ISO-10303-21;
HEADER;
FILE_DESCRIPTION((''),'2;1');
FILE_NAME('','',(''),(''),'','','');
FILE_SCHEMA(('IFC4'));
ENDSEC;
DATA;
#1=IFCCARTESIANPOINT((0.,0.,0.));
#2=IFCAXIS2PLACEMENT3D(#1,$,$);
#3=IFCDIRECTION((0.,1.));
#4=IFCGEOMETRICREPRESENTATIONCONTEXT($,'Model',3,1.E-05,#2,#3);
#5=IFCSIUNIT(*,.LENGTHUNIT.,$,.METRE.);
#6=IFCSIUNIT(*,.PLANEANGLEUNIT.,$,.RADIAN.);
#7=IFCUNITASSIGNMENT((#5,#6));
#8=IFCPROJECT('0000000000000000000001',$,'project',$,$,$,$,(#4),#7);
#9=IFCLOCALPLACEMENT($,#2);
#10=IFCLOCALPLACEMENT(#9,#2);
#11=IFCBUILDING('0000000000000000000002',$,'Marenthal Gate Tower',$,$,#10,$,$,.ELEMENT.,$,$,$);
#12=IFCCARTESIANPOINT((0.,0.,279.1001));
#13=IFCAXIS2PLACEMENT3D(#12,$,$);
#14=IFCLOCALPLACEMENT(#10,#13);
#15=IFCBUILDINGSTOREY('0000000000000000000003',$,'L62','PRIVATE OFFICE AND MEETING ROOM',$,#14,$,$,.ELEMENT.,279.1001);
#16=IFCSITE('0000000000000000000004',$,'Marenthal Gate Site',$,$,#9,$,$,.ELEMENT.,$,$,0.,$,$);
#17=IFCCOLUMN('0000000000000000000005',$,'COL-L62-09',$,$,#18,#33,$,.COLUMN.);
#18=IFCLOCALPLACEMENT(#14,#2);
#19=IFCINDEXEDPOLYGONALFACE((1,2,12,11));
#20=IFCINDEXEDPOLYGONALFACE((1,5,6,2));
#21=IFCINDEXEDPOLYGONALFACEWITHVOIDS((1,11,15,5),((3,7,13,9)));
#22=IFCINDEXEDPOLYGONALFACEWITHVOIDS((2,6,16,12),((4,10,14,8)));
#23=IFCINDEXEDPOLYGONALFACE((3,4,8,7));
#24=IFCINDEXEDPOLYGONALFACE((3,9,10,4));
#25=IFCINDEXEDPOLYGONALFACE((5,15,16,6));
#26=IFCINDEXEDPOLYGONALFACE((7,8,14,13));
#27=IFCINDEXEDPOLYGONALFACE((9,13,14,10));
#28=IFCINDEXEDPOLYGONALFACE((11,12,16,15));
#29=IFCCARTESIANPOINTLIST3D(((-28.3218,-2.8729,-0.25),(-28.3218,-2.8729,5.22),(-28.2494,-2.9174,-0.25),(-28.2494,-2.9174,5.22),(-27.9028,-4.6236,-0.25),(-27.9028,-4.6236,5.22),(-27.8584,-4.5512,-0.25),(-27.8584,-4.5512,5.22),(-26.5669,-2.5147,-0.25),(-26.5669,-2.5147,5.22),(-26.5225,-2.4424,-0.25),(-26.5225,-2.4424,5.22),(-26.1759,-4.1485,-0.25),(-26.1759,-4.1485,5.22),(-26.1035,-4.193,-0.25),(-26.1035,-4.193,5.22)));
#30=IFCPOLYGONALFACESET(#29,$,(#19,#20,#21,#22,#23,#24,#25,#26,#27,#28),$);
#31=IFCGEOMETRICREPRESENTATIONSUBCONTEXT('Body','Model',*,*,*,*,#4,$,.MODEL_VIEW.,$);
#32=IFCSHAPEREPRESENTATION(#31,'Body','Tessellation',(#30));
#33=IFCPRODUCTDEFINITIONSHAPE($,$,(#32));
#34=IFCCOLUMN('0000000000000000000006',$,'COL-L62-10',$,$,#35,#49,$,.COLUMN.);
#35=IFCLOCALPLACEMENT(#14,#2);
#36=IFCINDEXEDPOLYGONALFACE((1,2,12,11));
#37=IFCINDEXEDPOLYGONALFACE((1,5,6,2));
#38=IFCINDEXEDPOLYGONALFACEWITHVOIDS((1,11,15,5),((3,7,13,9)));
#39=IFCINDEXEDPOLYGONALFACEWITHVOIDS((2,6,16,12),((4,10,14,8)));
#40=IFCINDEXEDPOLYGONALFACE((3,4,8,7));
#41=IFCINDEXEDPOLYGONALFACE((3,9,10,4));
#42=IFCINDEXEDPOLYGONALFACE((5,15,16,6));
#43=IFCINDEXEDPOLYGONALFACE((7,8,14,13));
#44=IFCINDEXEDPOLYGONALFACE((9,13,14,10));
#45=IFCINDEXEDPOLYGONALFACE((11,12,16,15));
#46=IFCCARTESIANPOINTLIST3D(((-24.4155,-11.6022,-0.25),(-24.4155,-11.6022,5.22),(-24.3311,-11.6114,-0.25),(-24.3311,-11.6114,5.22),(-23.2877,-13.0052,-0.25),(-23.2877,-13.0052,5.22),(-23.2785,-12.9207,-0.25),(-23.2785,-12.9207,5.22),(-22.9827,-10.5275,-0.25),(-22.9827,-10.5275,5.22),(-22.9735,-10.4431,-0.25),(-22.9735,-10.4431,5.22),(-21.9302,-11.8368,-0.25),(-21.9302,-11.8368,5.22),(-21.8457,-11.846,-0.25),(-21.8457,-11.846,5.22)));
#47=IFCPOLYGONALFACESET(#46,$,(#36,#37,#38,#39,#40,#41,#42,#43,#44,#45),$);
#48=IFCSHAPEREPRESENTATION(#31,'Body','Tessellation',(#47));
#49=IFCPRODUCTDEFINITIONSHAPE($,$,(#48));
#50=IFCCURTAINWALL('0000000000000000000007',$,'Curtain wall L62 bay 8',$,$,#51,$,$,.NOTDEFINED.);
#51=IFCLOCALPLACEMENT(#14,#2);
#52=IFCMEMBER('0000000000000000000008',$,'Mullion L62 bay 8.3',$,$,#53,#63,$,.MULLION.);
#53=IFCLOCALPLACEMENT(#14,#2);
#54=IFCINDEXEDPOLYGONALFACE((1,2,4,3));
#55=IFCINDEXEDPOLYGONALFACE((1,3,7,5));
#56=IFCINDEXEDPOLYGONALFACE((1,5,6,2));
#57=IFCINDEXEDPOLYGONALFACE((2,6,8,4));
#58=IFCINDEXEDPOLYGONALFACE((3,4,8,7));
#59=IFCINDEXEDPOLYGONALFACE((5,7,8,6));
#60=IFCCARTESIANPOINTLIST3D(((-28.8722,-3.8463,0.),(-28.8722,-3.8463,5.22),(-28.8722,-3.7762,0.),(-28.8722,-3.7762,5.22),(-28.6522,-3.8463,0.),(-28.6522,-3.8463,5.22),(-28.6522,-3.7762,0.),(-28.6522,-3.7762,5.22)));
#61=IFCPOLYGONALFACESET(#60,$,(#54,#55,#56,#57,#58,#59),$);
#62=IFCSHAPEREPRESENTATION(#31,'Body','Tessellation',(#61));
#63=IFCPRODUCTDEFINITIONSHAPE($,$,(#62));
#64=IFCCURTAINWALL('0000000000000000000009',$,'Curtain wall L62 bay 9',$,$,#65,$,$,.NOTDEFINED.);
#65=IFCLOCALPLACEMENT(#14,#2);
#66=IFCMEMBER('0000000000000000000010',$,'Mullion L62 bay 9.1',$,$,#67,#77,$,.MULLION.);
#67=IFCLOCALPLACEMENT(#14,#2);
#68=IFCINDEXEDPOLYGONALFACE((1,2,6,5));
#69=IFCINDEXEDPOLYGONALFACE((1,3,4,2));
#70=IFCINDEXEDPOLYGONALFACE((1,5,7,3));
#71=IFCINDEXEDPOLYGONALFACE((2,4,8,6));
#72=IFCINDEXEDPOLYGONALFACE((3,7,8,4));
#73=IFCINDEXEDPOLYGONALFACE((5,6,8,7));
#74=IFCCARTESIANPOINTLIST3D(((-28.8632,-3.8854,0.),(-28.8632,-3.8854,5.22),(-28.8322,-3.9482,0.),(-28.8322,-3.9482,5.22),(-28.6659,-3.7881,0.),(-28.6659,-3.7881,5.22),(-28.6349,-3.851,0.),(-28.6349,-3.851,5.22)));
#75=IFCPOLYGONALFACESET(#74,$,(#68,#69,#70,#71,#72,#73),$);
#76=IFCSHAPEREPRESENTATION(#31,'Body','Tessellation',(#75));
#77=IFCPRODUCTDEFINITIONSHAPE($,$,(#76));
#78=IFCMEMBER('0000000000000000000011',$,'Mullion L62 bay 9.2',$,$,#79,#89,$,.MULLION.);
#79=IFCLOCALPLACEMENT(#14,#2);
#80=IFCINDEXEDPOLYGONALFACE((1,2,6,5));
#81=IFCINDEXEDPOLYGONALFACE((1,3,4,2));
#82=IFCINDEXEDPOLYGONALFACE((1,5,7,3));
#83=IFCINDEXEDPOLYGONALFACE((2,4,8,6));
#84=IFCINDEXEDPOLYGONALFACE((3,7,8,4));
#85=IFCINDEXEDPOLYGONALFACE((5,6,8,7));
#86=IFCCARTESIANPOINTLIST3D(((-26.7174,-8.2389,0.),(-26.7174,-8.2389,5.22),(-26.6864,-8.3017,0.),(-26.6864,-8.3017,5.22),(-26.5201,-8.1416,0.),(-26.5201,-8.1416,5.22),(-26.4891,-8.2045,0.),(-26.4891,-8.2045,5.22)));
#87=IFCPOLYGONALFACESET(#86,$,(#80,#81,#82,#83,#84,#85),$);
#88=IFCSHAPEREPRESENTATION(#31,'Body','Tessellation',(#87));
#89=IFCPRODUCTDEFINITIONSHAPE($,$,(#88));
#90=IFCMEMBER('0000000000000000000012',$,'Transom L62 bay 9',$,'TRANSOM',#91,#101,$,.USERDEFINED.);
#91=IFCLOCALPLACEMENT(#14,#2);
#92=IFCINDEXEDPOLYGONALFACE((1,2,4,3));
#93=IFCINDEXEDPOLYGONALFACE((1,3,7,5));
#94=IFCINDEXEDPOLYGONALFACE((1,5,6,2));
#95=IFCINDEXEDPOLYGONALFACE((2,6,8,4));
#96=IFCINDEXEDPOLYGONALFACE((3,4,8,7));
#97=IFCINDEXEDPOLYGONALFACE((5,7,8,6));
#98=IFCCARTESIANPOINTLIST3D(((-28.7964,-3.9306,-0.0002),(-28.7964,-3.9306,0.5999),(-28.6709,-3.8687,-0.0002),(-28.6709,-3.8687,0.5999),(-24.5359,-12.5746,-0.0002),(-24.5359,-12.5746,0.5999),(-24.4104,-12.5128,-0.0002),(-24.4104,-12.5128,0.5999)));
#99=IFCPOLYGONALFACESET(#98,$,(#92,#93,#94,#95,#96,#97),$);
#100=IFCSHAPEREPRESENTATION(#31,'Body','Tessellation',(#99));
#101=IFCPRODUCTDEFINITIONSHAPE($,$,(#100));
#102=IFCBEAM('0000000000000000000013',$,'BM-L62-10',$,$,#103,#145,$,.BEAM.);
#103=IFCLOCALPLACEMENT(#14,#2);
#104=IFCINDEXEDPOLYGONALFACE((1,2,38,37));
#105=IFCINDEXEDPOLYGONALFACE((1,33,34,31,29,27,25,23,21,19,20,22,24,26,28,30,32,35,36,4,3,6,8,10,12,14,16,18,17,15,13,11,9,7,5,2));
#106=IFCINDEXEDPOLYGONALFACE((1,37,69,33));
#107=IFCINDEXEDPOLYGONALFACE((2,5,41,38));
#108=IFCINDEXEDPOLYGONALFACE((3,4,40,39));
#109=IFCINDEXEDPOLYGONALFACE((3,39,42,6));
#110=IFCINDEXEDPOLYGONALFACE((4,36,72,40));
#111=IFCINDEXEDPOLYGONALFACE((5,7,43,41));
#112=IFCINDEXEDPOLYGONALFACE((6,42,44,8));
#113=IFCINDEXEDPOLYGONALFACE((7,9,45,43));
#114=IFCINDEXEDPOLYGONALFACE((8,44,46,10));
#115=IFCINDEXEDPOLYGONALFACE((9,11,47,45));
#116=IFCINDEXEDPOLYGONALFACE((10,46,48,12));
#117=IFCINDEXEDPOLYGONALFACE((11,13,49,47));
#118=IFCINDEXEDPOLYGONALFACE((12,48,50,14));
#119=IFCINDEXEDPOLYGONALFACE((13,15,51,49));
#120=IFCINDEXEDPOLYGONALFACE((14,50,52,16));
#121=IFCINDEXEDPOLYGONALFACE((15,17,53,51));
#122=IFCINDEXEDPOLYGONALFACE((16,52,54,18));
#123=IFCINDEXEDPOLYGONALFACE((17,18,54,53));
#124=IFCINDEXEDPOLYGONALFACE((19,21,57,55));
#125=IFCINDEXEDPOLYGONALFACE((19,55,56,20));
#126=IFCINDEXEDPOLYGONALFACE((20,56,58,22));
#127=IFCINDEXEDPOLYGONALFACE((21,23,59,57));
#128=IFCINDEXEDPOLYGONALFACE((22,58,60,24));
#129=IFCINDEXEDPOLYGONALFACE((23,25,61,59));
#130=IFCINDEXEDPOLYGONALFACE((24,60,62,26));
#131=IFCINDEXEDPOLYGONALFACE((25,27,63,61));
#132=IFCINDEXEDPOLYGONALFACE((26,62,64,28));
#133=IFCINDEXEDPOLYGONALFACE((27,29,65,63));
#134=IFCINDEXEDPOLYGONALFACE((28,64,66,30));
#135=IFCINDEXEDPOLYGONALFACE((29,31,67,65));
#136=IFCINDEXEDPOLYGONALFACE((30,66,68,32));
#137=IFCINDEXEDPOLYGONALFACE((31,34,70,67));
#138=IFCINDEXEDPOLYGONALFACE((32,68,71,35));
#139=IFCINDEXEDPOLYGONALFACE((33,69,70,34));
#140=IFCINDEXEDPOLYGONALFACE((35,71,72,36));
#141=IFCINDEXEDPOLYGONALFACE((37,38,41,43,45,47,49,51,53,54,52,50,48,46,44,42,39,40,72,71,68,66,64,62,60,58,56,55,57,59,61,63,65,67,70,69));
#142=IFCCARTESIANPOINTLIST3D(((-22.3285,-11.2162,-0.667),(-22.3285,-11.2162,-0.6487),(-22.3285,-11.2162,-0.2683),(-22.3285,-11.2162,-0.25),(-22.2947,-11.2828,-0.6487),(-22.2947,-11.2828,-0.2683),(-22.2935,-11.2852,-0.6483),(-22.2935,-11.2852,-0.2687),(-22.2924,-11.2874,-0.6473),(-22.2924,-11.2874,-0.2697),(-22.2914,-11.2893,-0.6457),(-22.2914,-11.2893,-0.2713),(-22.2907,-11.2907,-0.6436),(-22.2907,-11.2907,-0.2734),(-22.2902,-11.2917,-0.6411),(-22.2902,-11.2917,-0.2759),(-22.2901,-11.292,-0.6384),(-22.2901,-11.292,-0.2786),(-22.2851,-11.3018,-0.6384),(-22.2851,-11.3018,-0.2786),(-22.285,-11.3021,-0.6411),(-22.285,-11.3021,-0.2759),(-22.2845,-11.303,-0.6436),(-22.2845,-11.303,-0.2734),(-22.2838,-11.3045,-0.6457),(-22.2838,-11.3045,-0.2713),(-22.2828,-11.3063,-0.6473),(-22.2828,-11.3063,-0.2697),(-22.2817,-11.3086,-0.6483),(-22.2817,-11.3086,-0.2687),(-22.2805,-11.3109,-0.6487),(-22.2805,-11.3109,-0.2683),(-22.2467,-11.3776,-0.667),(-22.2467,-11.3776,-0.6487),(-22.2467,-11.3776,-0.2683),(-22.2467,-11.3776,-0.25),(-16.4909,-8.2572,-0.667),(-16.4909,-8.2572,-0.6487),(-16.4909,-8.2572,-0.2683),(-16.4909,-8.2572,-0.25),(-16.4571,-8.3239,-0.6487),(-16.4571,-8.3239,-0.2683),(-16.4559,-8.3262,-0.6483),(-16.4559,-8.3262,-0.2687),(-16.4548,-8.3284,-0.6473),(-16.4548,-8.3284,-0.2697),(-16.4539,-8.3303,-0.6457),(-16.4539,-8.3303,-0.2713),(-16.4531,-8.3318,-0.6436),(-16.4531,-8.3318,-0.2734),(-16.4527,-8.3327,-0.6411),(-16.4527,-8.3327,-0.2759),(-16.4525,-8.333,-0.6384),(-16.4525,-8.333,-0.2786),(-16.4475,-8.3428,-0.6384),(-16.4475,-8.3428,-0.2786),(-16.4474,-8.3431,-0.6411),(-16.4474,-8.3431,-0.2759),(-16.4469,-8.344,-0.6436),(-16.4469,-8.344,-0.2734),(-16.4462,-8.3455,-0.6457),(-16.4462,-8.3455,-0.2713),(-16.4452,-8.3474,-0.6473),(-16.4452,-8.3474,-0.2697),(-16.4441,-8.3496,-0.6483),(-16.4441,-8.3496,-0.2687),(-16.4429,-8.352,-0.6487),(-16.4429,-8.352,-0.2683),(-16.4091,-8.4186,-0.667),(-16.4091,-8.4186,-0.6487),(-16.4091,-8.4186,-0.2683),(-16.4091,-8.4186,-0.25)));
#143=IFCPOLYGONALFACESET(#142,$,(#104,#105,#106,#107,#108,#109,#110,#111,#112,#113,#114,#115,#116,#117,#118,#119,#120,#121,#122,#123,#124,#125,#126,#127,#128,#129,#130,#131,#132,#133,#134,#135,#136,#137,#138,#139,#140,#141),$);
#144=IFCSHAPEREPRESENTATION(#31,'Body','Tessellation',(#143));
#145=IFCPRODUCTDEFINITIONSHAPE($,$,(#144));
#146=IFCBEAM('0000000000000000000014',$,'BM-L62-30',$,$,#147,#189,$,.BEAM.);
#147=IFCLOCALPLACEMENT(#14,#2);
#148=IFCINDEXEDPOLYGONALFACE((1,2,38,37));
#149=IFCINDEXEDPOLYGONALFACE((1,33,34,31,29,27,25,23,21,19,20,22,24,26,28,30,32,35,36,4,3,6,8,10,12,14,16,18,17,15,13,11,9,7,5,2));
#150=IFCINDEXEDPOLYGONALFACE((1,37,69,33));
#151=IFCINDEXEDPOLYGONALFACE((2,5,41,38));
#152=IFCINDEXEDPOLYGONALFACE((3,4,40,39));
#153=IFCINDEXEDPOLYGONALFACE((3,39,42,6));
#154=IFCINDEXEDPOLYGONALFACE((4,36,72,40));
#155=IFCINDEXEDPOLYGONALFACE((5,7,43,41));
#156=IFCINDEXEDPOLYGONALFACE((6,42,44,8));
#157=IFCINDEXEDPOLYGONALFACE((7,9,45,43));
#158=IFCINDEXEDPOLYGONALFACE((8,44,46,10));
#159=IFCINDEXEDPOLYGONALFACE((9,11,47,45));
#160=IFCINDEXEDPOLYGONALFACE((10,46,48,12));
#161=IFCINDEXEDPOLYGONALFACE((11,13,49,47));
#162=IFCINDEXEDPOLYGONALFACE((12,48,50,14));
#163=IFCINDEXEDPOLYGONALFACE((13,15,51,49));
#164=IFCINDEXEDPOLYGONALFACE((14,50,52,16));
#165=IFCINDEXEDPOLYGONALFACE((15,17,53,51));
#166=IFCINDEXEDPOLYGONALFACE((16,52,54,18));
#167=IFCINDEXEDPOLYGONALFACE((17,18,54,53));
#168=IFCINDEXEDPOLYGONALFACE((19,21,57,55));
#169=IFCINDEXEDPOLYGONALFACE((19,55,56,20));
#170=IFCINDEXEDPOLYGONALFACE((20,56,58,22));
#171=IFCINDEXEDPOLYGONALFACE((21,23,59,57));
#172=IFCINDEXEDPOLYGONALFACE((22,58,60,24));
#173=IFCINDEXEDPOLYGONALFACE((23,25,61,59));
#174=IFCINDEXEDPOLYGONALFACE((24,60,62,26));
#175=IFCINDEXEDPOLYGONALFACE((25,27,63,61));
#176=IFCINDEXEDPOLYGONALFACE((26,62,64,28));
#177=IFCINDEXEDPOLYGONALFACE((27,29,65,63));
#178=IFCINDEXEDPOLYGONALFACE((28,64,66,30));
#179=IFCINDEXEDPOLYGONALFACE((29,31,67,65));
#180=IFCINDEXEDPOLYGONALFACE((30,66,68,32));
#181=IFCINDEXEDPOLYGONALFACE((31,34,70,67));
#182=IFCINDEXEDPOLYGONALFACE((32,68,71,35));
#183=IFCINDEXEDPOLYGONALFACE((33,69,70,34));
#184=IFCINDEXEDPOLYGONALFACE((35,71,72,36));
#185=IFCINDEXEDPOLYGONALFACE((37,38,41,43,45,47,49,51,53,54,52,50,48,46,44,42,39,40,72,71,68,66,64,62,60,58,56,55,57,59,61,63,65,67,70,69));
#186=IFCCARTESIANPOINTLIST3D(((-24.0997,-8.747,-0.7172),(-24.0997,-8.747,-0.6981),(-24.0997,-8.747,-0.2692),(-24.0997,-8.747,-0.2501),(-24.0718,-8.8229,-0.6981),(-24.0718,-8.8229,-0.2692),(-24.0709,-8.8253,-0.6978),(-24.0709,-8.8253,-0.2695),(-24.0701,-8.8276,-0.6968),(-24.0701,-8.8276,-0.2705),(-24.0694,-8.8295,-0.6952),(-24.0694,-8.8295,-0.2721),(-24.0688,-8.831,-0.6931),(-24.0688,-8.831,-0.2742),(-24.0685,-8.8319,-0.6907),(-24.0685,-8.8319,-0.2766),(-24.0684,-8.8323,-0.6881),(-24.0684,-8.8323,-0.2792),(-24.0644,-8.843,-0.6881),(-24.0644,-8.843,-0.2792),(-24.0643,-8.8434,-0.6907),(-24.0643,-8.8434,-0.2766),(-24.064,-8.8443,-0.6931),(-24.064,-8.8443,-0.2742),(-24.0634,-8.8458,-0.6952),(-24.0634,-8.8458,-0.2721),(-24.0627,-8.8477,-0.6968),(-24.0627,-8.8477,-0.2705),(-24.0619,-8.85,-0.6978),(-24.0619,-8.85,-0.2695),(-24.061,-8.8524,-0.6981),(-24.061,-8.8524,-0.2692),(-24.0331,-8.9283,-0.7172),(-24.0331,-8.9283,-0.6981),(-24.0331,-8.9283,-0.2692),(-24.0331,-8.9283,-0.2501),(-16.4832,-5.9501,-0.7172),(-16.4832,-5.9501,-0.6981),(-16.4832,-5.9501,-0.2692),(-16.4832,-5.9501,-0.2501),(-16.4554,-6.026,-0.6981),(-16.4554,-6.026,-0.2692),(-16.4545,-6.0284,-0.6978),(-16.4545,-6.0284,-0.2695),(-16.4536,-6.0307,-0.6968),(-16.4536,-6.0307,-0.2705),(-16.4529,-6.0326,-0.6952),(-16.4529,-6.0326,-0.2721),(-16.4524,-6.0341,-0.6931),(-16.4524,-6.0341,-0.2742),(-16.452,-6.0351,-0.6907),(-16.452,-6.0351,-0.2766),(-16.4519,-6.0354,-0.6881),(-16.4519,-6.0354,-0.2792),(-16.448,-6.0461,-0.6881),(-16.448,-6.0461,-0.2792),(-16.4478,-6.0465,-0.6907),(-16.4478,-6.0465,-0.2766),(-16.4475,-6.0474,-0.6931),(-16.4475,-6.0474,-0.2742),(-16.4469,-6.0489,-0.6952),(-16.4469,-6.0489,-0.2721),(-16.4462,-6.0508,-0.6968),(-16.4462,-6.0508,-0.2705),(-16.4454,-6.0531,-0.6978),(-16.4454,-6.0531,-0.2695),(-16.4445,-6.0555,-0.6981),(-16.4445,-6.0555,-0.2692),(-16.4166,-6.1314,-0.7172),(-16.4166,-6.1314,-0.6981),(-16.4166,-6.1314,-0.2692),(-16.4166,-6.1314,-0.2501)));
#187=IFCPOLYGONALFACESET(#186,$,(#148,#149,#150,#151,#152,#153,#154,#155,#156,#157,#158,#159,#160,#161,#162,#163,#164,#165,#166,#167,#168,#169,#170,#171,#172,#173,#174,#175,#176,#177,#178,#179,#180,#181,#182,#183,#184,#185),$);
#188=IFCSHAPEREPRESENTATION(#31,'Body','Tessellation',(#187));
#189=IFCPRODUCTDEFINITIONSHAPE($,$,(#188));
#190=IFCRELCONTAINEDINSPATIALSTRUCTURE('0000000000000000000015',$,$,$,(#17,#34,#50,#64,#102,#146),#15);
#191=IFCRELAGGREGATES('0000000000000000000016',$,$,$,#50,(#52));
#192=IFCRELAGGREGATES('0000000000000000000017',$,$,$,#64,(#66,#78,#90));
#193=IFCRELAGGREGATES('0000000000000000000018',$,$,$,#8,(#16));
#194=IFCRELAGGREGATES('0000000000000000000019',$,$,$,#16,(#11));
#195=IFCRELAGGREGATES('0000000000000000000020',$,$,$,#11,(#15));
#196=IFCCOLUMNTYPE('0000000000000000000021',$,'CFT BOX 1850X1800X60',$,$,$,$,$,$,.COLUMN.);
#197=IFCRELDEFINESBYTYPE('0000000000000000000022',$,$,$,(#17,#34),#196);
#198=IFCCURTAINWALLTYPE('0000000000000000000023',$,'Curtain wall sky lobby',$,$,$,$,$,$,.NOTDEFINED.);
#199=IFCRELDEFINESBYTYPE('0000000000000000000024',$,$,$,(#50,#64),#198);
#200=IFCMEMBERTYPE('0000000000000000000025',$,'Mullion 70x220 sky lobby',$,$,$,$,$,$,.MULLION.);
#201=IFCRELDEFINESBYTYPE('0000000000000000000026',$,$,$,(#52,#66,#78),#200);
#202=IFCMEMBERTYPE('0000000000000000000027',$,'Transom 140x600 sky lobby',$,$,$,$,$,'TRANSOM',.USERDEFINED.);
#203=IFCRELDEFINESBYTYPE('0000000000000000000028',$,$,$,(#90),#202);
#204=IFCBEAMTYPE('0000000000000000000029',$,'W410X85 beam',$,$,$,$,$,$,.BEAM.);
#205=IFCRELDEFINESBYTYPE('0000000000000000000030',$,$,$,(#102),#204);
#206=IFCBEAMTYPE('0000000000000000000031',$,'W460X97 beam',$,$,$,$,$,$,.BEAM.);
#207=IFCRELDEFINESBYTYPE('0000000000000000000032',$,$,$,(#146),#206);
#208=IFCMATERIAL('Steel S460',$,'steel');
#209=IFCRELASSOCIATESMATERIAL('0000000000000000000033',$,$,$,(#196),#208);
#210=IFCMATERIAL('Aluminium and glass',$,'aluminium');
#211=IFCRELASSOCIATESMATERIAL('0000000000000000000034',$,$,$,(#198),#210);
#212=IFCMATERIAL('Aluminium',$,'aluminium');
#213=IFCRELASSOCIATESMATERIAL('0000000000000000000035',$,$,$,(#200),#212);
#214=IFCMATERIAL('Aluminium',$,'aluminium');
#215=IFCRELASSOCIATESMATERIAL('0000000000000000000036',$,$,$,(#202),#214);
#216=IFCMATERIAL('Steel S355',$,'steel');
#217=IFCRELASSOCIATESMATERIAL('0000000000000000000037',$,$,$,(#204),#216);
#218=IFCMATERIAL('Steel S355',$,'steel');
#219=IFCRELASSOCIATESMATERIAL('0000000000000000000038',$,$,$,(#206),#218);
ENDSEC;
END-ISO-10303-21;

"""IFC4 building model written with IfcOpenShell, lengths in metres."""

from ifc_helpers import new_model, si_unit, direction, frame, origin, origin_2d, place, context, subcontext, project, spatial, rectangle, hollow_rectangle, i_section, extrude, material, material_profile, profile_set, type_object, element, aggregate, save


model = new_model("IFC4")

# Units and contexts
model_context = context("Model", 3, precision=1e-05, world=origin(), true_north=direction((0.0, 1.0)))
body_context = subcontext(model_context, "Body", "Model", "MODEL_VIEW")
ifc_project = project(units=[si_unit("LENGTHUNIT", "METRE"), si_unit("PLANEANGLEUNIT", "RADIAN")], contexts=[model_context])

# Site, building, storey
site_placement = place(None, origin())
site = spatial("IfcSite", under=ifc_project, at=site_placement, Name="Marenthal Gate Site", CompositionType="ELEMENT", RefElevation=0.0)
building_placement = place(site_placement, origin())
building = spatial("IfcBuilding", under=site, at=building_placement, Name="Marenthal Gate Tower", CompositionType="ELEMENT")
storey_placement = place(building_placement, frame((0.0, 0.0, 279.1001)))
storey = spatial("IfcBuildingStorey", under=building, at=storey_placement, Name="L62", Description="PRIVATE OFFICE AND MEETING ROOM", CompositionType="ELEMENT", Elevation=279.1001)

# Columns
ifc_material_1 = material(Name="Steel S460", Category="steel")
ifc_material_profile_1 = material_profile(ifc_material_1, hollow_rectangle(XDim=1.8, YDim=1.8501, WallThickness=0.0601, at=origin_2d()), Name="CFT BOX 1850X1800X60")
ifc_material_2 = material(Name="Concrete 70 MPa", Category="concrete")
ifc_material_profile_2 = material_profile(ifc_material_2, rectangle(XDim=1.6799, YDim=1.73, at=origin_2d()), Name="CFT BOX 1850X1800X60 INFILL")
ifc_profile_set_1 = profile_set([ifc_material_profile_1, ifc_material_profile_2], Name="Steel S460 shell, Concrete 70 MPa infill")
column_type = type_object("IfcColumnType", Name="CFT BOX 1850X1800X60", PredefinedType="COLUMN", material=ifc_profile_set_1)
for number, where, z_axis, x_axis, name in (
    (1, (-27.2126, -3.533, -0.25), (0.0, 0.0, 1.0), (-0.232739, 0.972539, 0.0), "COL-L62-09"),
    (2, (-23.1306, -11.7241, -0.25), (0.0, 0.0, 1.0), (-0.62654, 0.779389, 0.0), "COL-L62-10"),
):
    element("IfcColumn", number, at=place(storey_placement, frame(where, z_axis=z_axis, x_axis=x_axis)), inside=storey, type_object=column_type, Name=name, PredefinedType="COLUMN", context=body_context, shape_type="SweptSolid", body=[
        extrude(hollow_rectangle(XDim=1.8, YDim=1.8501, WallThickness=0.0601, at=origin_2d()), origin(), (0.0, 0.0, 1.0), 5.47),
    ])

# Curtain wall, member
ifc_material_3 = material(Name="Aluminium and glass", Category="aluminium")
curtain_wall_type = type_object("IfcCurtainWallType", Name="Curtain wall sky lobby", PredefinedType="NOTDEFINED", material=ifc_material_3)
curtain_wall_1_placement = place(storey_placement, origin())
curtain_wall_1 = element("IfcCurtainWall", 3, at=curtain_wall_1_placement, inside=storey, type_object=curtain_wall_type, Name="Curtain wall L62 bay 8", PredefinedType="NOTDEFINED")
ifc_material_4 = material(Name="Aluminium", Category="aluminium")
ifc_material_profile_3 = material_profile(ifc_material_4, rectangle(XDim=0.22, YDim=0.0701, at=origin_2d()), Name="70x220 aluminium mullion")
ifc_profile_set_2 = profile_set([ifc_material_profile_3], Name="Aluminium")
member_type_1 = type_object("IfcMemberType", Name="Mullion 70x220 sky lobby", PredefinedType="MULLION", material=ifc_profile_set_2)
member_1_placement = place(storey_placement, frame((-28.7622, -3.8113, 0.0), z_axis=(0.0, 0.0, 1.0), x_axis=(1.0, 0.0, 0.0)))
member_1 = element("IfcMember", 4, at=member_1_placement, type_object=member_type_1, Name="Mullion L62 bay 8.3", PredefinedType="MULLION", context=body_context, shape_type="SweptSolid", body=[
    extrude(rectangle(XDim=0.22, YDim=0.0701, at=origin_2d()), origin(), (0.0, 0.0, 1.0), 5.22),
])
aggregate(curtain_wall_1, [member_1])

# Curtain wall, members
curtain_wall_2_placement = place(storey_placement, origin())
curtain_wall_2 = element("IfcCurtainWall", 5, at=curtain_wall_2_placement, inside=storey, type_object=curtain_wall_type, Name="Curtain wall L62 bay 9", PredefinedType="NOTDEFINED")
member_2_placement = place(storey_placement, frame((-28.749, -3.8682, 0.0), z_axis=(0.0, 0.0, 1.0), x_axis=(0.89697, 0.442091, 0.0)))
member_2 = element("IfcMember", 6, at=member_2_placement, type_object=member_type_1, Name="Mullion L62 bay 9.1", PredefinedType="MULLION", context=body_context, shape_type="SweptSolid", body=[
    extrude(rectangle(XDim=0.22, YDim=0.0701, at=origin_2d()), origin(), (0.0, 0.0, 1.0), 5.22),
])
member_3_placement = place(storey_placement, frame((-26.6033, -8.2217, 0.0), z_axis=(0.0, 0.0, 1.0), x_axis=(0.89697, 0.442091, 0.0)))
member_3 = element("IfcMember", 7, at=member_3_placement, type_object=member_type_1, Name="Mullion L62 bay 9.2", PredefinedType="MULLION", context=body_context, shape_type="SweptSolid", body=[
    extrude(rectangle(XDim=0.22, YDim=0.0701, at=origin_2d()), origin(), (0.0, 0.0, 1.0), 5.22),
])
ifc_material_5 = material(Name="Aluminium", Category="aluminium")
ifc_material_profile_4 = material_profile(ifc_material_5, rectangle(XDim=0.1399, YDim=0.6001, at=origin_2d()), Name="140x600 aluminium transom")
ifc_profile_set_3 = profile_set([ifc_material_profile_4], Name="Aluminium")
member_type_2 = type_object("IfcMemberType", Name="Transom 140x600 sky lobby", ElementType="TRANSOM", PredefinedType="USERDEFINED", material=ifc_profile_set_3)
member_4_placement = place(storey_placement, frame((-28.7336, -3.8997, 0.2998), z_axis=(0.442099, -0.896966, 0.0), x_axis=(0.896966, 0.442099, 0.0)))
member_4 = element("IfcMember", 8, at=member_4_placement, type_object=member_type_2, Name="Transom L62 bay 9", ObjectType="TRANSOM", PredefinedType="USERDEFINED", context=body_context, shape_type="SweptSolid", body=[
    extrude(rectangle(XDim=0.1399, YDim=0.6001, at=origin_2d()), origin(), (0.0, 0.0, 1.0), 9.637),
])

# Beams
ifc_material_6 = material(Name="Steel S355", Category="steel")
ifc_material_profile_5 = material_profile(ifc_material_6, i_section(OverallWidth=0.1809, OverallDepth=0.417, WebThickness=0.011, FlangeThickness=0.0183, FilletRadius=0.0103, at=origin_2d()), Name="W410X85")
ifc_profile_set_4 = profile_set([ifc_material_profile_5], Name="Steel S355")
beam_type_1 = type_object("IfcBeamType", Name="W410X85 beam", PredefinedType="BEAM", material=ifc_profile_set_4)
beam_1_placement = place(storey_placement, frame((-22.2876, -11.2969, -0.4585), z_axis=(0.891959, 0.452116, 0.0), x_axis=(-0.452116, 0.891959, 0.0)))
element("IfcBeam", 9, at=beam_1_placement, inside=storey, type_object=beam_type_1, Name="BM-L62-10", PredefinedType="BEAM", context=body_context, shape_type="SweptSolid", body=[
    extrude(i_section(OverallWidth=0.1809, OverallDepth=0.417, WebThickness=0.011, FlangeThickness=0.0183, FilletRadius=0.0103, at=origin_2d()), origin(), (0.0, 0.0, 1.0), 6.5447),
])
ifc_material_7 = material(Name="Steel S355", Category="steel")
ifc_material_profile_6 = material_profile(ifc_material_7, i_section(OverallWidth=0.1931, OverallDepth=0.467, WebThickness=0.0115, FlangeThickness=0.019, FilletRadius=0.01, at=origin_2d()), Name="W460X97")
ifc_profile_set_5 = profile_set([ifc_material_profile_6], Name="Steel S355")
beam_type_2 = type_object("IfcBeamType", Name="W460X97 beam", PredefinedType="BEAM", material=ifc_profile_set_5)
beam_2_placement = place(storey_placement, frame((-24.0664, -8.8376, -0.4836), z_axis=(0.93871, 0.344708, 0.0), x_axis=(-0.344708, 0.93871, 0.0)))
element("IfcBeam", 10, at=beam_2_placement, inside=storey, type_object=beam_type_2, Name="BM-L62-30", PredefinedType="BEAM", context=body_context, shape_type="SweptSolid", body=[
    extrude(i_section(OverallWidth=0.1931, OverallDepth=0.467, WebThickness=0.0115, FlangeThickness=0.019, FilletRadius=0.01, at=origin_2d()), origin(), (0.0, 0.0, 1.0), 8.1138),
])

aggregate(curtain_wall_2, [member_2, member_3, member_4])

save(model, "model.ifc")
